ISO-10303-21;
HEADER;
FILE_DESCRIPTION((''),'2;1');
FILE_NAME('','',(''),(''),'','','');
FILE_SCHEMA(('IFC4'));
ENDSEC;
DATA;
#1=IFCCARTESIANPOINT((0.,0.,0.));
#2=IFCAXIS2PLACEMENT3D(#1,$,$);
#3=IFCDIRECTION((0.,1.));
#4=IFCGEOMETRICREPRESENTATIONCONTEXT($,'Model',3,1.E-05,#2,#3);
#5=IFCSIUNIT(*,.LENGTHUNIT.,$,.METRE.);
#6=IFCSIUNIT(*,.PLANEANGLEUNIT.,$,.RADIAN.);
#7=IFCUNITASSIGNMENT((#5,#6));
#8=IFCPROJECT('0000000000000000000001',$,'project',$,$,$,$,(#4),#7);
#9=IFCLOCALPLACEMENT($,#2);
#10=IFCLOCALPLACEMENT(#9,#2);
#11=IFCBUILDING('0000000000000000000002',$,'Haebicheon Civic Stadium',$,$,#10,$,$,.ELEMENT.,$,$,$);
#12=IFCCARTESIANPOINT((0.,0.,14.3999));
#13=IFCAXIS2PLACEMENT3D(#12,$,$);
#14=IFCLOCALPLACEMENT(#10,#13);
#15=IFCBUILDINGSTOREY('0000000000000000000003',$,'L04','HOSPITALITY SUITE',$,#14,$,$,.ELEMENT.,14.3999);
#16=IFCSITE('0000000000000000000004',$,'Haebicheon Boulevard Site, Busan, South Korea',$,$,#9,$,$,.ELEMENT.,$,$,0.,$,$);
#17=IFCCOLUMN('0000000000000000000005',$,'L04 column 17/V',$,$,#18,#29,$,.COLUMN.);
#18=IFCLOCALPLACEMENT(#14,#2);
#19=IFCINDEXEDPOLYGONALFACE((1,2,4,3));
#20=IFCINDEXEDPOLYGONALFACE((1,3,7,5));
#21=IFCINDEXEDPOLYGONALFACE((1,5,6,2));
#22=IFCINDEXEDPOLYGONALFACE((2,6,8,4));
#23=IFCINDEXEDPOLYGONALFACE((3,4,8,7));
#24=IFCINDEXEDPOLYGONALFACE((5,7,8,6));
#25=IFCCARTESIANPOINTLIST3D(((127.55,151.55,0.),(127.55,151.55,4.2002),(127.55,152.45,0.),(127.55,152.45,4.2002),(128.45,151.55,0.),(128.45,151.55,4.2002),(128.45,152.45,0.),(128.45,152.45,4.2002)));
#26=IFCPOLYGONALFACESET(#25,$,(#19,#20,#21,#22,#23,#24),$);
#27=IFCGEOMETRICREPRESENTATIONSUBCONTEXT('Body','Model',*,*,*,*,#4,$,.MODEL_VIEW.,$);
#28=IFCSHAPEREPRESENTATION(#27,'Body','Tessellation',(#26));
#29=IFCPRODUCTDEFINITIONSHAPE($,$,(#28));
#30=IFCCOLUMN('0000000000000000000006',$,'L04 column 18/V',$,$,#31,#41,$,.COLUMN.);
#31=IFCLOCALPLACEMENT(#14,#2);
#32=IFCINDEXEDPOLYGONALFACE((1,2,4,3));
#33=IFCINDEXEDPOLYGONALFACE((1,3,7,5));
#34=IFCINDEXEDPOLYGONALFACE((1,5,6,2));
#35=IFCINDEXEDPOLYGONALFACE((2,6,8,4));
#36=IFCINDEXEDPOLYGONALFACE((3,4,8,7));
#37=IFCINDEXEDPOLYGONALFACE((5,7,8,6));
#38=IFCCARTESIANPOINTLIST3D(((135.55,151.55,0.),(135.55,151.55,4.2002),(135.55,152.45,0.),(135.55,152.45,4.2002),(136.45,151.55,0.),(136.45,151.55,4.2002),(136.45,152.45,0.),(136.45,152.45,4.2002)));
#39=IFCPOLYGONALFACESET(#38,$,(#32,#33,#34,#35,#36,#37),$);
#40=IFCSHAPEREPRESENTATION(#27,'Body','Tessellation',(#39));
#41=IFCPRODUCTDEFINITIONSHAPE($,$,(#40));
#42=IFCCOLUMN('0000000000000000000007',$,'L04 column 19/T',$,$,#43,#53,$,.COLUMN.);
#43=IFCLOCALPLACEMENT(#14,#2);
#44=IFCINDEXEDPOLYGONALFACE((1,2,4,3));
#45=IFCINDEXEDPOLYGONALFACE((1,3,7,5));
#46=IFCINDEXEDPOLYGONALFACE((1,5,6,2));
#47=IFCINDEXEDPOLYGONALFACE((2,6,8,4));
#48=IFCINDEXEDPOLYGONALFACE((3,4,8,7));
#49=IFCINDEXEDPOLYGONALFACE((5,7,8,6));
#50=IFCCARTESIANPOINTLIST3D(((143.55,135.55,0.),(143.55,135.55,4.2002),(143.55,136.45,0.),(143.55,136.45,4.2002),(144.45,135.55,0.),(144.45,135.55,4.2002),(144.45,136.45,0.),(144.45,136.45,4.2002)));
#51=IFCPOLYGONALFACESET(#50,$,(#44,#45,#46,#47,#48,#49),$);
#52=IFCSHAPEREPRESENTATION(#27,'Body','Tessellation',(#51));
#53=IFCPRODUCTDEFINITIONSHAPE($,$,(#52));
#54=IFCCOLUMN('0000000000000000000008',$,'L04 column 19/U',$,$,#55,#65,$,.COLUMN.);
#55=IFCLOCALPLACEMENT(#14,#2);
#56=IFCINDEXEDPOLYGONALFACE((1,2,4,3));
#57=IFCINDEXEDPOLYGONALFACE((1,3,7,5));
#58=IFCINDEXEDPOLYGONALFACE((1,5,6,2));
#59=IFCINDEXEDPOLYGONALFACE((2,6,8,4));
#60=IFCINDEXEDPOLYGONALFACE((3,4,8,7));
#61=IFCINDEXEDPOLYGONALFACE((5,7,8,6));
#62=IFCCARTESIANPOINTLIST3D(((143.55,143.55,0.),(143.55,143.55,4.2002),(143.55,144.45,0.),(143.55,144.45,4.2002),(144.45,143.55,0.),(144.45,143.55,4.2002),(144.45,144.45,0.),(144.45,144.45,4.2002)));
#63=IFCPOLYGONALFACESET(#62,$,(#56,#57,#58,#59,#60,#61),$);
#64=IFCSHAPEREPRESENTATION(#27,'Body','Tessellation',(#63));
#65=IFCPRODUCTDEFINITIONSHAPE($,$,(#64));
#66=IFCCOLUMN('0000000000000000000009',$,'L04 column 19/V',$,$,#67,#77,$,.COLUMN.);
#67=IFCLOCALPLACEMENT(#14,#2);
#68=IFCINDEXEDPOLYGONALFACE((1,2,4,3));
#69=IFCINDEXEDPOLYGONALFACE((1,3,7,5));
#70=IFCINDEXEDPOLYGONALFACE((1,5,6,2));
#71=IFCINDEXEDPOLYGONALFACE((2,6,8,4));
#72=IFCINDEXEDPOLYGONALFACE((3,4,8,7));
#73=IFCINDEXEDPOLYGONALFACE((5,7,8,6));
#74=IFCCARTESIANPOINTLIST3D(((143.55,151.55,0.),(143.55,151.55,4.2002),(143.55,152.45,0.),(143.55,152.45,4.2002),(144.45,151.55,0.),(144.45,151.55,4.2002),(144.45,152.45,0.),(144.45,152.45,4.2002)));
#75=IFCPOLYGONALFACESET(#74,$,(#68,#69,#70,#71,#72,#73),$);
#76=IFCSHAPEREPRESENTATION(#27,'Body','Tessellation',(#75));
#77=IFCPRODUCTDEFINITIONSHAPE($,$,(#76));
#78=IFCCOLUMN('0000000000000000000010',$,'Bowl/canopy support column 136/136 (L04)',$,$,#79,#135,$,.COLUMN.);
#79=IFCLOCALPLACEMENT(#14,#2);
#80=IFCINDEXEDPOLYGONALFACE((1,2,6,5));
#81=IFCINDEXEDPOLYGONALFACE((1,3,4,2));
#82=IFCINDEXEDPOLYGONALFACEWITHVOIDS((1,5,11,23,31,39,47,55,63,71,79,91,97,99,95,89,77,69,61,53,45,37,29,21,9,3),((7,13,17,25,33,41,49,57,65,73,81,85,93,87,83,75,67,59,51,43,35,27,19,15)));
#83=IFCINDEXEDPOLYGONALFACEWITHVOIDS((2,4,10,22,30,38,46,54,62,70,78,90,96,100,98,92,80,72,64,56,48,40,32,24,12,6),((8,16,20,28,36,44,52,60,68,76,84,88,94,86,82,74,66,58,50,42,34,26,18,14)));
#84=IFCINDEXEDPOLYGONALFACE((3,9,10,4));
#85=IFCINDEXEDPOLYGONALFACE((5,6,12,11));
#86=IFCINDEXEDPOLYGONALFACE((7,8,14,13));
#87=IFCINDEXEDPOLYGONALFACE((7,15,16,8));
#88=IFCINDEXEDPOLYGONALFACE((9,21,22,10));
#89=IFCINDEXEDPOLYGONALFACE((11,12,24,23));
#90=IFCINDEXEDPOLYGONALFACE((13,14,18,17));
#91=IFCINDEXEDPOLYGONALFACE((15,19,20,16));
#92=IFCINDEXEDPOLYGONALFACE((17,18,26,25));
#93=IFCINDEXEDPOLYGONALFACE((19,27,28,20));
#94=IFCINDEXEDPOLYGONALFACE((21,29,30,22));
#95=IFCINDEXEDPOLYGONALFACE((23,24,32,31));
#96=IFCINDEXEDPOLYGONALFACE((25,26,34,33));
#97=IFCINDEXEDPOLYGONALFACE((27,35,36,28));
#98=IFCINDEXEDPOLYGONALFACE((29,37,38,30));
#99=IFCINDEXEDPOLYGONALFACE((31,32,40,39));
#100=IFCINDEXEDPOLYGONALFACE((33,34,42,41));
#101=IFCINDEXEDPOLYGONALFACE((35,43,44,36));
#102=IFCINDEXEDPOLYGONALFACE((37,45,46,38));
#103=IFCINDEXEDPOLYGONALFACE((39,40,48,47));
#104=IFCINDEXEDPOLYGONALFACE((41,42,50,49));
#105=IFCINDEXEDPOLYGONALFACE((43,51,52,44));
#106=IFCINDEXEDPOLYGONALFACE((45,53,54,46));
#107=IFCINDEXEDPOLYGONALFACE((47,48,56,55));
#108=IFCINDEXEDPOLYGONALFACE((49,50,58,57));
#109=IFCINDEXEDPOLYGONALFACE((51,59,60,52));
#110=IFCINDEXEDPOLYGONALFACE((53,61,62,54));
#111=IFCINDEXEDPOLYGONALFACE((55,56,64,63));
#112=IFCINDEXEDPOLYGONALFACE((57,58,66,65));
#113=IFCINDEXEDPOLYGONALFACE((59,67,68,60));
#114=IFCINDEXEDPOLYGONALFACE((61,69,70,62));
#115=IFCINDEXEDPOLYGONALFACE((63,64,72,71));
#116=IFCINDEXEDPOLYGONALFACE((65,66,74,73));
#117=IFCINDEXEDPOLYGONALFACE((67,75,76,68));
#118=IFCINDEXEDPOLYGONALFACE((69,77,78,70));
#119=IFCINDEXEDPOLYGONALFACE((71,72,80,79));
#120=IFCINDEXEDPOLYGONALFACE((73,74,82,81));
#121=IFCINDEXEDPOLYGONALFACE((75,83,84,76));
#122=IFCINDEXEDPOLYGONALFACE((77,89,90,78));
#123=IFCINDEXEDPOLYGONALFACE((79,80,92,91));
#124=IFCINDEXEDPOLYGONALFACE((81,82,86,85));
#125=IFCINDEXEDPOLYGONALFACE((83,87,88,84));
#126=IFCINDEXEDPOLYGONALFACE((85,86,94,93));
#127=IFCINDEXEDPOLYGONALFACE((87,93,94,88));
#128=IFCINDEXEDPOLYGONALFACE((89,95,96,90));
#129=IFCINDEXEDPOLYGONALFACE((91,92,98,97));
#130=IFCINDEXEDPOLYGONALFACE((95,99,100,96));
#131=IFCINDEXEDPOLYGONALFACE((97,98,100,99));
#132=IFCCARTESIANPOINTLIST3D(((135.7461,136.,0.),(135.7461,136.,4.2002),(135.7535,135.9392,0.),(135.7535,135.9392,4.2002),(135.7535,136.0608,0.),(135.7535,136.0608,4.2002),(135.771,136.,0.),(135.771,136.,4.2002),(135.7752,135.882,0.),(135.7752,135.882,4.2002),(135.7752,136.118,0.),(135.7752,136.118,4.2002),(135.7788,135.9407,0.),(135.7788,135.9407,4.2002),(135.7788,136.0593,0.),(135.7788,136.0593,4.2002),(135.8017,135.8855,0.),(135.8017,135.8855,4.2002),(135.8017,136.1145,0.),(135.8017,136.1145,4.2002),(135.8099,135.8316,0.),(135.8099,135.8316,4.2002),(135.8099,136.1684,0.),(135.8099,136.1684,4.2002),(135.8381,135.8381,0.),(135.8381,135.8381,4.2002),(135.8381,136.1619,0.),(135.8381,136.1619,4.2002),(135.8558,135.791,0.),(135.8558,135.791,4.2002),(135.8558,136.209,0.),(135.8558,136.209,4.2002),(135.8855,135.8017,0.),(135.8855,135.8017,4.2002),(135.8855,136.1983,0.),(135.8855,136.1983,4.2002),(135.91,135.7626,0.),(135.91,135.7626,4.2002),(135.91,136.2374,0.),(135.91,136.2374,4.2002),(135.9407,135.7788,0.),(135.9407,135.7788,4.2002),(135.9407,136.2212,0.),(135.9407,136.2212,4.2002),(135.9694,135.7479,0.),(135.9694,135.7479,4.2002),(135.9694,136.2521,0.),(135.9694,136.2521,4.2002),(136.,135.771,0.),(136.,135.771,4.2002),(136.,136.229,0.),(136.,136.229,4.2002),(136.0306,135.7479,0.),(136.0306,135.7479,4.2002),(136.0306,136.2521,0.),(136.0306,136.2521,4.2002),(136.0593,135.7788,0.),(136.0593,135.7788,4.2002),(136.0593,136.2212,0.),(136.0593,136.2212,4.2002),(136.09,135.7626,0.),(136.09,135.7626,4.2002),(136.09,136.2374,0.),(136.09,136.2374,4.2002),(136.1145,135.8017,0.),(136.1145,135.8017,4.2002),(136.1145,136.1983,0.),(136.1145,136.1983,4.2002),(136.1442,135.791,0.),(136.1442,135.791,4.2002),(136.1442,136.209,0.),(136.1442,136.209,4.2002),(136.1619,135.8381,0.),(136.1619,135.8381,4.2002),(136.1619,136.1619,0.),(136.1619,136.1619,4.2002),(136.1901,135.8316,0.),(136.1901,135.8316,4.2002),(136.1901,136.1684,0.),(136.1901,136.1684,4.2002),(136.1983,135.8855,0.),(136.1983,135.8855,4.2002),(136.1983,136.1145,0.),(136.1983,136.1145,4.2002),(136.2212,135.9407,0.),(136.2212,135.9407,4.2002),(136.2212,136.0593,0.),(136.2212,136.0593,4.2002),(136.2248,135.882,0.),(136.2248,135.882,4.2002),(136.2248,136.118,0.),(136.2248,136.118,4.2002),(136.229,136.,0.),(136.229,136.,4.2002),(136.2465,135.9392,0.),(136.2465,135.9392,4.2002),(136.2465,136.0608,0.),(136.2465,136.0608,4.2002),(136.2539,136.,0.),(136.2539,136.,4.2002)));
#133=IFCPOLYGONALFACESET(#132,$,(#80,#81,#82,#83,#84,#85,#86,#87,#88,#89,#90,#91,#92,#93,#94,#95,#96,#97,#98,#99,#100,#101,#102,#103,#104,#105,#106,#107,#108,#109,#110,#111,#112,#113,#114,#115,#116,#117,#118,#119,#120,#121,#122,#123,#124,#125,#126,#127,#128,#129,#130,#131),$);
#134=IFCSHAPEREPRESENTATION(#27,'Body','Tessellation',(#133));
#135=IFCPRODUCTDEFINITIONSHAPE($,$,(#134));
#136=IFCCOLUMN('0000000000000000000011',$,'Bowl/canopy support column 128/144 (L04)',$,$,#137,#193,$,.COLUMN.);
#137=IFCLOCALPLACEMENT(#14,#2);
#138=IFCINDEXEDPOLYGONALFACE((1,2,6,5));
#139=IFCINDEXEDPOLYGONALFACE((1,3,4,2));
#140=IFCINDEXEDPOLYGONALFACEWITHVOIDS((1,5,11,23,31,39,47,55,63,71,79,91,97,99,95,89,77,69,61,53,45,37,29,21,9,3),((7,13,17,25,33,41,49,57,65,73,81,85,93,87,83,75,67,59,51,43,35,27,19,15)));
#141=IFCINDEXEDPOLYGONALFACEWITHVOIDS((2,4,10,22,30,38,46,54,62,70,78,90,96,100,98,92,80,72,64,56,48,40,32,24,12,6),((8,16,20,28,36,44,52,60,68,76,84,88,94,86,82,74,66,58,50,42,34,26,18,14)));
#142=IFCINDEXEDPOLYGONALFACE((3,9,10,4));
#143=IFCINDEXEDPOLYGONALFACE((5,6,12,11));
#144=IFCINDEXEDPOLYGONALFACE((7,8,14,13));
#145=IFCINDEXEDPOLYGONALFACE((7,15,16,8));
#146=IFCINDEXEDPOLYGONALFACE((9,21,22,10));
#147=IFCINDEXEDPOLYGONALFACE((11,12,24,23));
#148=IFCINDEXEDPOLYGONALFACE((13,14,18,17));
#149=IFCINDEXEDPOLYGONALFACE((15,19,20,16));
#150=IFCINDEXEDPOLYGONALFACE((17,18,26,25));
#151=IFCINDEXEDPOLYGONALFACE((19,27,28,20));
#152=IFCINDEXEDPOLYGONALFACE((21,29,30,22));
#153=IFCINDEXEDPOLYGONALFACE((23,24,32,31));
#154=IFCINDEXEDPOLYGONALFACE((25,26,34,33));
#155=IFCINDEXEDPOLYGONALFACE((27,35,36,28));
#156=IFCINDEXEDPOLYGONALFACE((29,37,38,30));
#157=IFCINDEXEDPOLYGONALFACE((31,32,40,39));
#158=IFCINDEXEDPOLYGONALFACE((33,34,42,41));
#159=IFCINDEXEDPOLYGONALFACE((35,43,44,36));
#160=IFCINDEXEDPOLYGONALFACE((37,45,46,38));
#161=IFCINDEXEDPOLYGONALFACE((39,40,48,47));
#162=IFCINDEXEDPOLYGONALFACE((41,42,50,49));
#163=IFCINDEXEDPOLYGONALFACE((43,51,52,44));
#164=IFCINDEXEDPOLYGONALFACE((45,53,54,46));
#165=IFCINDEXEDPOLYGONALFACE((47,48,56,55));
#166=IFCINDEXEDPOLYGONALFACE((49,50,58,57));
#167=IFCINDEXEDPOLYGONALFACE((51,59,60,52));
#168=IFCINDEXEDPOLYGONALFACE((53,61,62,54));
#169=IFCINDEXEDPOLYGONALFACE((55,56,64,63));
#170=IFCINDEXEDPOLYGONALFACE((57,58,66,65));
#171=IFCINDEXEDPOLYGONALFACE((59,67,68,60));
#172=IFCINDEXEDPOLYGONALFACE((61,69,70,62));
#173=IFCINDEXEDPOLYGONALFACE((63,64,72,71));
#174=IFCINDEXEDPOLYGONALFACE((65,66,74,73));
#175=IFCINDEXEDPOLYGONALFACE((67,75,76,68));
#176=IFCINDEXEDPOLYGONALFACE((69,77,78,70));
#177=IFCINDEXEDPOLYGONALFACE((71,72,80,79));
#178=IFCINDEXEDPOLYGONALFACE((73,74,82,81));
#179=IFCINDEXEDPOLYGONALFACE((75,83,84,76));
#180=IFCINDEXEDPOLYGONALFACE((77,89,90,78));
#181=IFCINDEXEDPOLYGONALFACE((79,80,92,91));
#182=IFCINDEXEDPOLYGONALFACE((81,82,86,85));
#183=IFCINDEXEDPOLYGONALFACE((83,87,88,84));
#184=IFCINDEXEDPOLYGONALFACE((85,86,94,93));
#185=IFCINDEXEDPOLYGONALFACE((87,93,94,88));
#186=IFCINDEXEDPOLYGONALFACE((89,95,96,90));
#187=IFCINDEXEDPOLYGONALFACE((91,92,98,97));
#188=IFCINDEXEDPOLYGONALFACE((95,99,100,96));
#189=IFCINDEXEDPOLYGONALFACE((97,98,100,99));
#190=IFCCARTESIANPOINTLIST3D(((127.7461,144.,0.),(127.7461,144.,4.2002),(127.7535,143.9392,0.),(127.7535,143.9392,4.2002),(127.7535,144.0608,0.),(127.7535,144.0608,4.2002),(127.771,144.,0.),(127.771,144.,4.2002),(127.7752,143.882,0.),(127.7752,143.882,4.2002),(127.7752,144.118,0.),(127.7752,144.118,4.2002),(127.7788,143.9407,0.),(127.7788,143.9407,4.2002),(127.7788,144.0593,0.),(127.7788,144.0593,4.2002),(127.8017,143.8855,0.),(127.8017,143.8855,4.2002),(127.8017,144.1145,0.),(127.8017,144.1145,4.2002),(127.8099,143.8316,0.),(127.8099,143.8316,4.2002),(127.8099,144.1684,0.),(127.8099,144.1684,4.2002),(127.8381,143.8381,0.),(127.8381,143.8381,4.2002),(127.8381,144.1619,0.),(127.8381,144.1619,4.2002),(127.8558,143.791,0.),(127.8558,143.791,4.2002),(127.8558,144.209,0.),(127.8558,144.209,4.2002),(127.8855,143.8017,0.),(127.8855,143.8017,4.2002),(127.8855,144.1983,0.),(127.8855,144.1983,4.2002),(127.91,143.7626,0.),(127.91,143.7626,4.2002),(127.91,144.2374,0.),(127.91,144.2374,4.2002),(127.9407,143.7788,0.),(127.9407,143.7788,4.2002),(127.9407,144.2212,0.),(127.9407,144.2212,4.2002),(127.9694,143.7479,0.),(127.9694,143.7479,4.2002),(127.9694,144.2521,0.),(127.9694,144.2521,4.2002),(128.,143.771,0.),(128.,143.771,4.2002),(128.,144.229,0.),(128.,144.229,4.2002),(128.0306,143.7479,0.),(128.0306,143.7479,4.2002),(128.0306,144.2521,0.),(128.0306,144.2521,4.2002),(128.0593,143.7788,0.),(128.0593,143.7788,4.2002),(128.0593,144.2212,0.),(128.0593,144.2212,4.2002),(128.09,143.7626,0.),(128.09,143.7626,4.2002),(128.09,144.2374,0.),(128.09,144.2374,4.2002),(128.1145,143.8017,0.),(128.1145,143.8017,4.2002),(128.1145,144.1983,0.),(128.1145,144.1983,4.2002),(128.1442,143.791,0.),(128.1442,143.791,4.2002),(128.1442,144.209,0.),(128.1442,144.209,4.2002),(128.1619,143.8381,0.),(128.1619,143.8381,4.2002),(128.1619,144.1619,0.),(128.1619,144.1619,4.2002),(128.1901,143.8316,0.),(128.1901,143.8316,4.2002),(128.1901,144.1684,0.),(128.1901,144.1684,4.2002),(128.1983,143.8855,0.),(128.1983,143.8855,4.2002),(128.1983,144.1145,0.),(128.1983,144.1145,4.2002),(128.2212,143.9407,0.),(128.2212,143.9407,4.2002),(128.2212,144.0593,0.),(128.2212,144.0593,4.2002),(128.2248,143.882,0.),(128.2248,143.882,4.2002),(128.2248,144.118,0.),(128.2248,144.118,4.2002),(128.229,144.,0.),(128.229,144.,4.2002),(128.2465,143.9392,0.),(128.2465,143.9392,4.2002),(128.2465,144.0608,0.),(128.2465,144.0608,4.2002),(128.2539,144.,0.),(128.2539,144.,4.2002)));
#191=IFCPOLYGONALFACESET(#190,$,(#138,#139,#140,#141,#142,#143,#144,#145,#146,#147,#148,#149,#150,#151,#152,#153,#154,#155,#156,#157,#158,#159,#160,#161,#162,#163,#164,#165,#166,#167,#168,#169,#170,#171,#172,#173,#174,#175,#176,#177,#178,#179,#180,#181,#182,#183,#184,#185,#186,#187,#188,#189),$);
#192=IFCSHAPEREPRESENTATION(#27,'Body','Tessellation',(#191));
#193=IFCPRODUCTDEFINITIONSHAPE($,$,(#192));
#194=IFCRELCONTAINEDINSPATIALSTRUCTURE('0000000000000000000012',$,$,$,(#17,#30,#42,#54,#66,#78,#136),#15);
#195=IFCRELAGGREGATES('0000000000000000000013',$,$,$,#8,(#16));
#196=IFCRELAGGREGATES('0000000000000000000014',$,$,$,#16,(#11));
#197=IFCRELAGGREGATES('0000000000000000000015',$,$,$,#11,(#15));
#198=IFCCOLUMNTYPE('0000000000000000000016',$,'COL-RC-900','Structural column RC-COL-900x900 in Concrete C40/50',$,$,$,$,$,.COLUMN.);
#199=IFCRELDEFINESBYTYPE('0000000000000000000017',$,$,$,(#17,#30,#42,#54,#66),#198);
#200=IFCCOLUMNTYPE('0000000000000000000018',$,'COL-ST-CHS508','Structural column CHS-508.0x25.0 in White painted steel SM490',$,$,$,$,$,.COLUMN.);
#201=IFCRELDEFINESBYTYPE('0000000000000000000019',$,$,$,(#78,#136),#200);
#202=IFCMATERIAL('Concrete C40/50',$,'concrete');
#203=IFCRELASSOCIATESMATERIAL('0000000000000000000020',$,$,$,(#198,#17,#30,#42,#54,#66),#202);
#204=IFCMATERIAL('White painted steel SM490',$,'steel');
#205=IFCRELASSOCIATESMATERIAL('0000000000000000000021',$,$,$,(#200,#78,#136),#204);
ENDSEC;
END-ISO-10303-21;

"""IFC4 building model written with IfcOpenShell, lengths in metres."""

from ifc_helpers import new_model, si_unit, direction, frame, origin, origin_2d, place, context, subcontext, project, spatial, rectangle, hollow_circle, extrude, material, material_profile, profile_set, type_object, element, save


model = new_model("IFC4")

# Units and contexts
model_context = context("Model", 3, precision=1e-05, world=origin(), true_north=direction((0.0, 1.0)))
body_context = subcontext(model_context, "Body", "Model", "MODEL_VIEW")
ifc_project = project(units=[si_unit("LENGTHUNIT", "METRE"), si_unit("PLANEANGLEUNIT", "RADIAN")], contexts=[model_context])

# Site, building, storey
site_placement = place(None, origin())
site = spatial("IfcSite", under=ifc_project, at=site_placement, Name="Haebicheon Boulevard Site, Busan, South Korea", CompositionType="ELEMENT", RefElevation=0.0)
building_placement = place(site_placement, origin())
building = spatial("IfcBuilding", under=site, at=building_placement, Name="Haebicheon Civic Stadium", CompositionType="ELEMENT")
storey_placement = place(building_placement, frame((0.0, 0.0, 14.3999)))
storey = spatial("IfcBuildingStorey", under=building, at=storey_placement, Name="L04", Description="HOSPITALITY SUITE", CompositionType="ELEMENT", Elevation=14.3999)

# Columns
ifc_material_1 = material(Name="Concrete C40/50", Category="concrete")
ifc_material_profile_1 = material_profile(ifc_material_1, rectangle(XDim=0.8999, YDim=0.8999, at=origin_2d()), Name="RC-COL-900x900")
ifc_profile_set_1 = profile_set([ifc_material_profile_1], Name="Concrete C40/50")
column_type_1 = type_object("IfcColumnType", Name="COL-RC-900", Description="Structural column RC-COL-900x900 in Concrete C40/50", PredefinedType="COLUMN", material=ifc_profile_set_1)
for number, where, z_axis, x_axis, name in (
    (1, (128.0, 152.0, 0.0), (0.0, 0.0, 1.0), (1.0, 0.0, 0.0), "L04 column 17/V"),
    (2, (136.0, 152.0, 0.0), (0.0, 0.0, 1.0), (1.0, 0.0, 0.0), "L04 column 18/V"),
    (3, (144.0, 136.0, 0.0), (0.0, 0.0, 1.0), (1.0, 0.0, 0.0), "L04 column 19/T"),
    (4, (144.0, 144.0, 0.0), (0.0, 0.0, 1.0), (1.0, 0.0, 0.0), "L04 column 19/U"),
    (5, (144.0, 152.0, 0.0), (0.0, 0.0, 1.0), (1.0, 0.0, 0.0), "L04 column 19/V"),
):
    element("IfcColumn", number, at=place(storey_placement, frame(where, z_axis=z_axis, x_axis=x_axis)), inside=storey, type_object=column_type_1, material=ifc_profile_set_1, Name=name, PredefinedType="COLUMN", context=body_context, shape_type="SweptSolid", body=[
        extrude(rectangle(XDim=0.8999, YDim=0.8999, at=origin_2d()), origin(), (0.0, 0.0, 1.0), 4.2002),
    ])
ifc_material_2 = material(Name="White painted steel SM490", Category="steel")
ifc_material_profile_2 = material_profile(ifc_material_2, hollow_circle(Radius=0.2539, WallThickness=0.0249, at=origin_2d()), Name="CHS-508.0x25.0")
ifc_profile_set_2 = profile_set([ifc_material_profile_2], Name="White painted steel SM490")
column_type_2 = type_object("IfcColumnType", Name="COL-ST-CHS508", Description="Structural column CHS-508.0x25.0 in White painted steel SM490", PredefinedType="COLUMN", material=ifc_profile_set_2)
for number, where, z_axis, x_axis, name in (
    (6, (136.0, 136.0, 0.0), (0.0, 0.0, 1.0), (1.0, 0.0, 0.0), "Bowl/canopy support column 136/136 (L04)"),
    (7, (128.0, 144.0, 0.0), (0.0, 0.0, 1.0), (1.0, 0.0, 0.0), "Bowl/canopy support column 128/144 (L04)"),
):
    element("IfcColumn", number, at=place(storey_placement, frame(where, z_axis=z_axis, x_axis=x_axis)), inside=storey, type_object=column_type_2, material=ifc_profile_set_2, Name=name, PredefinedType="COLUMN", context=body_context, shape_type="SweptSolid", body=[
        extrude(hollow_circle(Radius=0.2539, WallThickness=0.0249, at=origin_2d()), origin(), (0.0, 0.0, 1.0), 4.2002),
    ])

save(model, "model.ifc")
